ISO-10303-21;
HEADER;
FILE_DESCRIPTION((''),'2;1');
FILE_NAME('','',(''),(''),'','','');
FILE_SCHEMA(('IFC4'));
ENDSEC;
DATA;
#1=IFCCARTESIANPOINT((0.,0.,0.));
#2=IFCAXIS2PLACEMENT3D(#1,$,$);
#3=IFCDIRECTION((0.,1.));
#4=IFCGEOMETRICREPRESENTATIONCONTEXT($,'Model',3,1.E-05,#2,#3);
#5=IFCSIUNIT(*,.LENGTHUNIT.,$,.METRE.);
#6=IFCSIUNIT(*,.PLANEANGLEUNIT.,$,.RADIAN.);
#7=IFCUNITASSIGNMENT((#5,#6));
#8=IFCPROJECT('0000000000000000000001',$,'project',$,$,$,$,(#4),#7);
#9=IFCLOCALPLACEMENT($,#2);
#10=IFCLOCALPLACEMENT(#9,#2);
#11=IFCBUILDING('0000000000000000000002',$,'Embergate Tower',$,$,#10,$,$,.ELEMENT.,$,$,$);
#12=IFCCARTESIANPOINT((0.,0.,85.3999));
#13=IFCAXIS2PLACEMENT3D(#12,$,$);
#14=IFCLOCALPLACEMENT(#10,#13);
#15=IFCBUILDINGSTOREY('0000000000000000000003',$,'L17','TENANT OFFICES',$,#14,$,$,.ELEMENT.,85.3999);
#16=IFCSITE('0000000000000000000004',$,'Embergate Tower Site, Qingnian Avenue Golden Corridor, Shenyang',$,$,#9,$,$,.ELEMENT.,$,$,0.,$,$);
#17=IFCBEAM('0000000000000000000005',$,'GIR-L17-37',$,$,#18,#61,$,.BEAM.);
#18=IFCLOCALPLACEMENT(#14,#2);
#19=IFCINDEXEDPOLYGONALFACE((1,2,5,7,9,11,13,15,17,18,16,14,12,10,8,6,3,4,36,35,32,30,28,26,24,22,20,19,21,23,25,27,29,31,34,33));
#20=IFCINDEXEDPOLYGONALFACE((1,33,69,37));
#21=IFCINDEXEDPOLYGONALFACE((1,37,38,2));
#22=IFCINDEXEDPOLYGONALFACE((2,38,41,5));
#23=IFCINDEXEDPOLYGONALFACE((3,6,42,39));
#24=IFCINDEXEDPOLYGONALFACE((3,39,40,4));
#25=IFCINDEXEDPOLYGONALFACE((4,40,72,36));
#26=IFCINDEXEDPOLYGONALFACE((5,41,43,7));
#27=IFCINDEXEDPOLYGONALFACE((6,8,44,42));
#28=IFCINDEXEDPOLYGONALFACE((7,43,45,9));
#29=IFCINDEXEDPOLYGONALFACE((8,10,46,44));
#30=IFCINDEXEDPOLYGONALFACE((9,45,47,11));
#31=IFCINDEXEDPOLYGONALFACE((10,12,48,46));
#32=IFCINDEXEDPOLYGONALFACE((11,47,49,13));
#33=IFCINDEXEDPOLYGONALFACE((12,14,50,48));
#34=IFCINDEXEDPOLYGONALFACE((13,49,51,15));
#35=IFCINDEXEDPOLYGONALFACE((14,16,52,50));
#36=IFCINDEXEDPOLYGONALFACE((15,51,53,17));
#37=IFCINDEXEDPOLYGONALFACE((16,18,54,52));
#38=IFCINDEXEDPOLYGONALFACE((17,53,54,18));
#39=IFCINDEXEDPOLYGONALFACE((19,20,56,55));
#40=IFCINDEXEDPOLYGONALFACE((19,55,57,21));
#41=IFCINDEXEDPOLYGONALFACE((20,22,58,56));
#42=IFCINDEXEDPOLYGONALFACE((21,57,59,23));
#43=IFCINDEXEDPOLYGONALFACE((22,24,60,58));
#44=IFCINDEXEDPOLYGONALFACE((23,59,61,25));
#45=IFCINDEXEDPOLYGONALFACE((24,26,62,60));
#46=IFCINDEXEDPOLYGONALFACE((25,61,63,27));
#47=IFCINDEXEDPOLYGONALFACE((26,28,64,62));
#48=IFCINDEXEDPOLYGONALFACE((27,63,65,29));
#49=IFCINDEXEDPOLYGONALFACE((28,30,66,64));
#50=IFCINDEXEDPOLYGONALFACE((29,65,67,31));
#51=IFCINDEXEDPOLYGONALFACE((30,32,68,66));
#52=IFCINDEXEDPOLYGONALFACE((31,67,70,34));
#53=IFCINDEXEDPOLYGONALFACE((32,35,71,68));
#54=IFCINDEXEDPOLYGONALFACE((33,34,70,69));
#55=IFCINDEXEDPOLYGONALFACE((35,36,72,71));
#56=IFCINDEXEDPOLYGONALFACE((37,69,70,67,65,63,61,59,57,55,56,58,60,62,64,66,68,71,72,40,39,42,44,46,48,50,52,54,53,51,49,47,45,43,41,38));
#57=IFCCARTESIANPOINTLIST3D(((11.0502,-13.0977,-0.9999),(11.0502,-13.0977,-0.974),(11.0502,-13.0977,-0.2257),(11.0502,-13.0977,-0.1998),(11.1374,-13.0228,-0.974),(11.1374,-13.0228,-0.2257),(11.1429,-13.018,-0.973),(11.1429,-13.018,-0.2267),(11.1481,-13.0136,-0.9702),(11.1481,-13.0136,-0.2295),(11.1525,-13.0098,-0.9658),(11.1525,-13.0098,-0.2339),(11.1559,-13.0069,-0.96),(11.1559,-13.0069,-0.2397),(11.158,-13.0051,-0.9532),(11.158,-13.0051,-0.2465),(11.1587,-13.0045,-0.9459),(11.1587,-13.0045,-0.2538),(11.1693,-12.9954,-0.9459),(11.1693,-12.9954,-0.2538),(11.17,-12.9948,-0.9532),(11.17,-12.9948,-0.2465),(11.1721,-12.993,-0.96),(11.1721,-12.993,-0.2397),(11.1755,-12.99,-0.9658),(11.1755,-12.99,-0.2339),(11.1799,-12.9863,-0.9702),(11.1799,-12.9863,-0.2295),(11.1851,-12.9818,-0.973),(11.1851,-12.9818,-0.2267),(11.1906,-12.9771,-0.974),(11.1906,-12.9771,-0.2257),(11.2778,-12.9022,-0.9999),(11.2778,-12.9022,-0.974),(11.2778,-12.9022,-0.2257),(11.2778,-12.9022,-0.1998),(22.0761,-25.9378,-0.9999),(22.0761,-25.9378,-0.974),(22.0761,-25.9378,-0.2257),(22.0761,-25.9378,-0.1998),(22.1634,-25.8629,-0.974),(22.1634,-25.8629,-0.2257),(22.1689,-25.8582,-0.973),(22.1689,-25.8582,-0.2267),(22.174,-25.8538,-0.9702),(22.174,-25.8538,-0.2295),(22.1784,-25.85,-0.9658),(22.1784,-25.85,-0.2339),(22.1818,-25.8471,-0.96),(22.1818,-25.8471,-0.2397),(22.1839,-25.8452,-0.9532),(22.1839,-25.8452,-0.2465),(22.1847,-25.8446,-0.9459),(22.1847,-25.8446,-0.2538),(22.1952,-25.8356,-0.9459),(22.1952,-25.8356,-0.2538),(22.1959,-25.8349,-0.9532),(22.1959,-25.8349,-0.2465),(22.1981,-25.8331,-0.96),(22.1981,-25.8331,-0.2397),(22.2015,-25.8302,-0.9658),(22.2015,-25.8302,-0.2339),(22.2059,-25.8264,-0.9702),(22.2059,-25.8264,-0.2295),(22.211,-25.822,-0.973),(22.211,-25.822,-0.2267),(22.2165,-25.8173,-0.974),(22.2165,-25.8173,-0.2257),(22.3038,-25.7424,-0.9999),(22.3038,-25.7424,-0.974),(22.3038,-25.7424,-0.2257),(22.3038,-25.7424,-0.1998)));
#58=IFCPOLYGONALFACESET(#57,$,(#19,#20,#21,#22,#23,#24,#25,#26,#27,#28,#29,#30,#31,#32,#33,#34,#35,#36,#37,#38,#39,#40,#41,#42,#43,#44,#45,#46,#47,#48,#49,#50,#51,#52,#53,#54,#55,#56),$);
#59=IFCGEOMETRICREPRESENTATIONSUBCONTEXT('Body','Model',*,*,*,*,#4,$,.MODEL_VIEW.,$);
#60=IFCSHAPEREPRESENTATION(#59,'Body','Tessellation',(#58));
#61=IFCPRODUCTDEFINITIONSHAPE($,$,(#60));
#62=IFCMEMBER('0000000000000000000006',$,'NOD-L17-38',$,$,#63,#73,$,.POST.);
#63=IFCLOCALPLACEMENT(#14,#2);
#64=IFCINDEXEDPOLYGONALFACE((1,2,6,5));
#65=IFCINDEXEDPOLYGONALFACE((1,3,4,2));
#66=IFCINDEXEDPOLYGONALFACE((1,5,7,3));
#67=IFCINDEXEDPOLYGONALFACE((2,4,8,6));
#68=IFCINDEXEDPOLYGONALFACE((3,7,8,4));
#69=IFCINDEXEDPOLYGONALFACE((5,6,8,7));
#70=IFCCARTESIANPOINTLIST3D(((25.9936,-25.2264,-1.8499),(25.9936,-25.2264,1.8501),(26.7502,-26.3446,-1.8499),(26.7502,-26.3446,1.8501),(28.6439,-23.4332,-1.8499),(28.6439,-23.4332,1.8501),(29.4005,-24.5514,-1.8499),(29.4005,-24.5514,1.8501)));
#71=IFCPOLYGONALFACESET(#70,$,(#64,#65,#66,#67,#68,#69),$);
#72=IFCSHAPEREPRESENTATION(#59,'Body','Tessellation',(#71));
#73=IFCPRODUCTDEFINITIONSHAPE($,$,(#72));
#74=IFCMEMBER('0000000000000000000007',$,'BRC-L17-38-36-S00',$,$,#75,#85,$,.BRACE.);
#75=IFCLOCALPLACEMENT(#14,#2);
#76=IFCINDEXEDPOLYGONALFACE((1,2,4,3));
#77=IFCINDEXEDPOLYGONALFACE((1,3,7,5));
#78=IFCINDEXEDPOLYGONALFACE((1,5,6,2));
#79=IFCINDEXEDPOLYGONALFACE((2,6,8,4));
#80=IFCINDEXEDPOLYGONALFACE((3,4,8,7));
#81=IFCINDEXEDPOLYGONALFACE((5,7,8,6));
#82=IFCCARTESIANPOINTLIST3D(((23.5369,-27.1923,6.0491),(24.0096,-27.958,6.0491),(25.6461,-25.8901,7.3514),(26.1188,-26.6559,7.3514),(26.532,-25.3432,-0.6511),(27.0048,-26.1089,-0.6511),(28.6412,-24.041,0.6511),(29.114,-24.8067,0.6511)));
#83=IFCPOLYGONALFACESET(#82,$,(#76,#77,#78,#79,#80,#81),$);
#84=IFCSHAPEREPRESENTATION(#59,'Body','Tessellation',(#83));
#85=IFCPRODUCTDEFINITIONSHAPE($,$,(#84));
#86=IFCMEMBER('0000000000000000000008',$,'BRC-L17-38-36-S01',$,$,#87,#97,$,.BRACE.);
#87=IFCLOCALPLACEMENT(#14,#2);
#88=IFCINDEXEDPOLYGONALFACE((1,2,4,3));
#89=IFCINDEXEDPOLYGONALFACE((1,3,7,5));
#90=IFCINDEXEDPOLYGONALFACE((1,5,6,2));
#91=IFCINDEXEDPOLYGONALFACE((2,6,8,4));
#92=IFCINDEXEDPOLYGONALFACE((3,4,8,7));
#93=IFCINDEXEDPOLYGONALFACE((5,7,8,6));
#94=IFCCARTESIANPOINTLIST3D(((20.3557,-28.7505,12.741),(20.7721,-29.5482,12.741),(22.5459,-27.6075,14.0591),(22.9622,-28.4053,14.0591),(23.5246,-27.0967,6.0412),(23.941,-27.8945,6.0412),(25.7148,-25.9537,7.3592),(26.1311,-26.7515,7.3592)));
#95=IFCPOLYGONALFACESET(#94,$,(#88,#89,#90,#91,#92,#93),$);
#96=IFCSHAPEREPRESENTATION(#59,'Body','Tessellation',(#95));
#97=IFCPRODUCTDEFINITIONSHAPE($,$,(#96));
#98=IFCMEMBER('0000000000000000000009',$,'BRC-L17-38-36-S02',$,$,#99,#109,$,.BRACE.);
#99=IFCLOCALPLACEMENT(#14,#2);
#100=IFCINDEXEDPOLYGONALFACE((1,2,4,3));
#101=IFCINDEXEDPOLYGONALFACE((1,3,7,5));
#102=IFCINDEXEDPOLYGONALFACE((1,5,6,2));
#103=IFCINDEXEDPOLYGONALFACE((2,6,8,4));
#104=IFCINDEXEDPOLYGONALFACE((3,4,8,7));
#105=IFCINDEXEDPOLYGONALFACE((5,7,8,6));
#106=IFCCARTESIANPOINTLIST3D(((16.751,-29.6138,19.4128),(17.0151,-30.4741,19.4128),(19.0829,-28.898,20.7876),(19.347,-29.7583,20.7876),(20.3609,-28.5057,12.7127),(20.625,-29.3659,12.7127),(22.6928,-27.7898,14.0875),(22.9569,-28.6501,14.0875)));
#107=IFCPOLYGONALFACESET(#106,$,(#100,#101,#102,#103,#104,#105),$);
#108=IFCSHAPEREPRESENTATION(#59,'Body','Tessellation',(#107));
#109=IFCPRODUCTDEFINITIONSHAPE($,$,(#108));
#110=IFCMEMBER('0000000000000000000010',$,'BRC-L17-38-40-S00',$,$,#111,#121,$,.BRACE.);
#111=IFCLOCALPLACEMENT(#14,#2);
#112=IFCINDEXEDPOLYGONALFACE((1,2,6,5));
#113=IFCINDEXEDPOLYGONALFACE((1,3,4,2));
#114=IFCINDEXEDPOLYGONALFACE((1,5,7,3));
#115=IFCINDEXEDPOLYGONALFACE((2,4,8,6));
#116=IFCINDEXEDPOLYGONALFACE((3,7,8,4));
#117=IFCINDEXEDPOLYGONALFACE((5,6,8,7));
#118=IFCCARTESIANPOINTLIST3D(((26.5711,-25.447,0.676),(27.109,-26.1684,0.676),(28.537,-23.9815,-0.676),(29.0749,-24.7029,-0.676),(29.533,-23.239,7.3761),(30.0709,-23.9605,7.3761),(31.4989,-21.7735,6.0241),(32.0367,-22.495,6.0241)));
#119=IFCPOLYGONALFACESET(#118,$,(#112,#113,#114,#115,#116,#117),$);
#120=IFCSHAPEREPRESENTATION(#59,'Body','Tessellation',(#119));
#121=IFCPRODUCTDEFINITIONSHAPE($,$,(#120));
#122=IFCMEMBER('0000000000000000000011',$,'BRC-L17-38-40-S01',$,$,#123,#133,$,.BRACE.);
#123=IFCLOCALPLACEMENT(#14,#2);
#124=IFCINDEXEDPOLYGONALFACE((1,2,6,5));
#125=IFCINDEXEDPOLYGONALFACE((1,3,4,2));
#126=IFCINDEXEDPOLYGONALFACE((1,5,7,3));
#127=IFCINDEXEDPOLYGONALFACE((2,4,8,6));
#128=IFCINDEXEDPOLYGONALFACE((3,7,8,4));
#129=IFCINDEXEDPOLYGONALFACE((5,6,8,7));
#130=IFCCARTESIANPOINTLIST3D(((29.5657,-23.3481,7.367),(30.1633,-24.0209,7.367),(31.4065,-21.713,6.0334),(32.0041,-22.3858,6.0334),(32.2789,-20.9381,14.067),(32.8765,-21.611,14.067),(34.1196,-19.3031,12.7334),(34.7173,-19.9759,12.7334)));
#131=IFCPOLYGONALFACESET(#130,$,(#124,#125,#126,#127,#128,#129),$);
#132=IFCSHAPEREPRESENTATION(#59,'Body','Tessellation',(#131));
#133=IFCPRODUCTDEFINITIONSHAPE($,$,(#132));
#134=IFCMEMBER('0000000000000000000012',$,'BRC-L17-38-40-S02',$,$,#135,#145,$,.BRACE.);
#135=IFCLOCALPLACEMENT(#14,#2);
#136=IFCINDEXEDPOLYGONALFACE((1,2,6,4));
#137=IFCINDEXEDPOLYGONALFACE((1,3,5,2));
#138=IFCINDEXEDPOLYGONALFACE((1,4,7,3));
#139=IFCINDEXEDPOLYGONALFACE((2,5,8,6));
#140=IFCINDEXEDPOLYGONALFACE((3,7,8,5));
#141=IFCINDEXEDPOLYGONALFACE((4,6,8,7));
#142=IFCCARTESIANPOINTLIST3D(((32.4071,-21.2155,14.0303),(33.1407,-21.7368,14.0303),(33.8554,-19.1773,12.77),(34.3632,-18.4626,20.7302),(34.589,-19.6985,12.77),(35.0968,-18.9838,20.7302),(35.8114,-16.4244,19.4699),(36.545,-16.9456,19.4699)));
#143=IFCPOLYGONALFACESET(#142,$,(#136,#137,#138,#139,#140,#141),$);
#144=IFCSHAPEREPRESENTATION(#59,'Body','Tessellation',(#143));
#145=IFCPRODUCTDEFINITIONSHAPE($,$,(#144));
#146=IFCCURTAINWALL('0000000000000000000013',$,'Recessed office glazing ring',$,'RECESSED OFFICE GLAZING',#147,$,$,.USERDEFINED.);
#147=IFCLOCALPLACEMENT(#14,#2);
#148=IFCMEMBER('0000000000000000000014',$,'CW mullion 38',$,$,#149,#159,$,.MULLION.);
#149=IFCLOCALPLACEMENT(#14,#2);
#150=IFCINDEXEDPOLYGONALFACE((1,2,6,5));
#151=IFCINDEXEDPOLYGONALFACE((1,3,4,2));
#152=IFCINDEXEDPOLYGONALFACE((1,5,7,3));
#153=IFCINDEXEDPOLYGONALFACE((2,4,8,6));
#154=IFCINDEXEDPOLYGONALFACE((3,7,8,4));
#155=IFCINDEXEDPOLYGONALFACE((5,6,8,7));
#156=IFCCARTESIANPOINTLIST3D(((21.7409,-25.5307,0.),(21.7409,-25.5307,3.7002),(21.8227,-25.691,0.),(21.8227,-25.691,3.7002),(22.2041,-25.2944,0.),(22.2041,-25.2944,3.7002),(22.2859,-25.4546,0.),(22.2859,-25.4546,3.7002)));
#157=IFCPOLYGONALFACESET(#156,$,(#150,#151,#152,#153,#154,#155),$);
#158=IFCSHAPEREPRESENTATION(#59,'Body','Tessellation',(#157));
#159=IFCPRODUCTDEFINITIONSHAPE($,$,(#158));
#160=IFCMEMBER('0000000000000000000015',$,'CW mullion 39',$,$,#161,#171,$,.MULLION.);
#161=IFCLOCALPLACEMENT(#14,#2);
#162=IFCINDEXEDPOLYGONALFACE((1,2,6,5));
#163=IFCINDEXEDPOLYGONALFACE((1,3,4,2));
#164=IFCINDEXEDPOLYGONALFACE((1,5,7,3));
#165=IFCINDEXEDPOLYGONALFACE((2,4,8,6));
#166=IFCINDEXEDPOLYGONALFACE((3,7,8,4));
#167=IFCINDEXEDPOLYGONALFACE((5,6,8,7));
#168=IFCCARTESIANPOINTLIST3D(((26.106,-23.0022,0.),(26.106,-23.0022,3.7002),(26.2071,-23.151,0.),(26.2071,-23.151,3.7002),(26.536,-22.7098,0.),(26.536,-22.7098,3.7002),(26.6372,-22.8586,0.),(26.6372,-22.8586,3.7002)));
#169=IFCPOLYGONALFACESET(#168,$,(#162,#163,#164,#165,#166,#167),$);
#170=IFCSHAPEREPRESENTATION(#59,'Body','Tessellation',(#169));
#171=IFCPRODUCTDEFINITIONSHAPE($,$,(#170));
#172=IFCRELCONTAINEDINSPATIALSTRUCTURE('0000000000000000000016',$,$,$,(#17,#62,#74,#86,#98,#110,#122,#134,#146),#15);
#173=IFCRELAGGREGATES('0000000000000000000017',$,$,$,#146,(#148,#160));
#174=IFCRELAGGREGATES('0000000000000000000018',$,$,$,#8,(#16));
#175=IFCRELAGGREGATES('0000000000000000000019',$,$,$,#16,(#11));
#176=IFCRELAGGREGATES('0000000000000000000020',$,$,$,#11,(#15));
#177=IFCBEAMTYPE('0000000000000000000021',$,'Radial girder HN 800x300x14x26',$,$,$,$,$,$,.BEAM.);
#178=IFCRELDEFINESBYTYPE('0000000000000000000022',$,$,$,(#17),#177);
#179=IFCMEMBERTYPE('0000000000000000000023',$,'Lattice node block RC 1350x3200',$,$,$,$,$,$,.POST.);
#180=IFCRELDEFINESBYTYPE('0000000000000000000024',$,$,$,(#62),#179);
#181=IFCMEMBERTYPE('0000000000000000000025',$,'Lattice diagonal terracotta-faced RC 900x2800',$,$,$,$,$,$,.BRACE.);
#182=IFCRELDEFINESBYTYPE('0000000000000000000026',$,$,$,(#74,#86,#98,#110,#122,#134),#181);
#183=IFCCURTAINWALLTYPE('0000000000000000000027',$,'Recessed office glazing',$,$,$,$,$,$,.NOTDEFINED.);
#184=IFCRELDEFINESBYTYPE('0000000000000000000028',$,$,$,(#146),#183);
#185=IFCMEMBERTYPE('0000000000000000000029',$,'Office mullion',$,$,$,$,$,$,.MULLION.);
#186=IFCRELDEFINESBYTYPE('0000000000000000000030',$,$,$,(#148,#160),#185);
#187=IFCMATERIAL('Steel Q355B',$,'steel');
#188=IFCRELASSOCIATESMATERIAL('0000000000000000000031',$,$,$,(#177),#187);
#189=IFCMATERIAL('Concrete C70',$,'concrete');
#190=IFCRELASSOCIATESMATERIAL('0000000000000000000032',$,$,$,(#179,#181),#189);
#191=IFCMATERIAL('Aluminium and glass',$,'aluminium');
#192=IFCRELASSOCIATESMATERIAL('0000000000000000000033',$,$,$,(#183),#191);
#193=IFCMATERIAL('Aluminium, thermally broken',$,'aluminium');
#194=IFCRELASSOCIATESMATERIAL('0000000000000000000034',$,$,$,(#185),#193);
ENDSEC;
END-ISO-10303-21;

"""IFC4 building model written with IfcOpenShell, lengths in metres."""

from ifc_helpers import new_model, si_unit, direction, frame, origin, origin_2d, place, context, subcontext, project, spatial, rectangle, i_section, extrude, source, transform, mapped, material, material_profile, profile_set, type_object, element, aggregate, save


model = new_model("IFC4")

# Units and contexts
model_context = context("Model", 3, precision=1e-05, world=origin(), true_north=direction((0.0, 1.0)))
body_context = subcontext(model_context, "Body", "Model", "MODEL_VIEW")
ifc_project = project(units=[si_unit("LENGTHUNIT", "METRE"), si_unit("PLANEANGLEUNIT", "RADIAN")], contexts=[model_context])

# Site, building, storey
site_placement = place(None, origin())
site = spatial("IfcSite", under=ifc_project, at=site_placement, Name="Embergate Tower Site, Qingnian Avenue Golden Corridor, Shenyang", CompositionType="ELEMENT", RefElevation=0.0)
building_placement = place(site_placement, origin())
building = spatial("IfcBuilding", under=site, at=building_placement, Name="Embergate Tower", CompositionType="ELEMENT")
storey_placement = place(building_placement, frame((0.0, 0.0, 85.3999)))
storey = spatial("IfcBuildingStorey", under=building, at=storey_placement, Name="L17", Description="TENANT OFFICES", CompositionType="ELEMENT", Elevation=85.3999)

# Shared definitions
ifc_material_1 = material(Name="Concrete C70", Category="concrete")

# Beam
ifc_material_2 = material(Name="Steel Q355B", Category="steel")
ifc_material_profile_1 = material_profile(ifc_material_2, i_section(OverallWidth=0.3, OverallDepth=0.8, WebThickness=0.0139, FlangeThickness=0.0259, FilletRadius=0.0281, at=origin_2d()), Name="HN 800x300x14x26")
ifc_profile_set_1 = profile_set([ifc_material_profile_1], Name="Steel Q355 grade B")
beam_type_1 = type_object("IfcBeamType", Name="Radial girder HN 800x300x14x26", PredefinedType="BEAM", material=ifc_profile_set_1)
shared_shape_1 = source(origin(), body_context, "Body", "SweptSolid", [
    extrude(i_section(OverallWidth=0.3, OverallDepth=0.8, WebThickness=0.0139, FlangeThickness=0.0259, FilletRadius=0.0281, at=origin_2d()), origin(), (0.0, 0.0, 1.0), 16.9246),
])
beam_1_placement = place(storey_placement, frame((22.1899, -25.8401, -0.5999), z_axis=(-0.651475, 0.75867, 0.0), x_axis=(-0.75867, -0.651475, 0.0)))
element("IfcBeam", 1, at=beam_1_placement, inside=storey, type_object=beam_type_1, Name="GIR-L17-37", PredefinedType="BEAM", context=body_context, shape_type="MappedRepresentation", body=[
    mapped(shared_shape_1, transform((0.0, 0.0, 0.0))),
])

# Members
ifc_material_profile_2 = material_profile(ifc_material_1, rectangle(XDim=1.3501, YDim=3.2, at=origin_2d()), Name="RC 1350x3200")
ifc_profile_set_2 = profile_set([ifc_material_profile_2], Name="Concrete C70")
member_type_1 = type_object("IfcMemberType", Name="Lattice node block RC 1350x3200", PredefinedType="POST", material=ifc_profile_set_2)
shared_shape_2 = source(origin(), body_context, "Body", "SweptSolid", [
    extrude(rectangle(XDim=1.3501, YDim=3.2, at=origin_2d()), origin(), (0.0, 0.0, 1.0), 3.7),
])
member_1_placement = place(storey_placement, frame((27.697, -24.8889, -1.8499), z_axis=(0.0, 0.0, 1.0), x_axis=(0.560393, -0.828227, 0.0)))
element("IfcMember", 2, at=member_1_placement, inside=storey, type_object=member_type_1, Name="NOD-L17-38", PredefinedType="POST", context=body_context, shape_type="MappedRepresentation", body=[
    mapped(shared_shape_2, transform((0.0, 0.0, 0.0))),
])
ifc_material_profile_3 = material_profile(ifc_material_1, rectangle(XDim=0.8999, YDim=2.8, at=origin_2d()), Name="RC 900x2800")
ifc_profile_set_3 = profile_set([ifc_material_profile_3], Name="Concrete C70")
member_type_2 = type_object("IfcMemberType", Name="Lattice diagonal terracotta-faced RC 900x2800", PredefinedType="BRACE", material=ifc_profile_set_3)
shared_shape_3 = source(origin(), body_context, "Body", "SweptSolid", [
    extrude(rectangle(XDim=0.8999, YDim=2.8, at=origin_2d()), origin(), (0.0, 0.0, 1.0), 7.5686),
])
member_2_placement = place(storey_placement, frame((27.823, -25.075, 0.0), z_axis=(-0.395733, -0.244317, 0.885271), x_axis=(0.525327, -0.8509, 0.0)))
element("IfcMember", 3, at=member_2_placement, inside=storey, type_object=member_type_2, Name="BRC-L17-38-36-S00", PredefinedType="BRACE", context=body_context, shape_type="MappedRepresentation", body=[
    mapped(shared_shape_3, transform((0.0, 0.0, 0.0))),
])
shared_shape_4 = source(origin(), body_context, "Body", "SweptSolid", [
    extrude(rectangle(XDim=0.8999, YDim=2.8, at=origin_2d()), origin(), (0.0, 0.0, 1.0), 7.5938),
])
member_3_placement = place(storey_placement, frame((24.8279, -26.9241, 6.7002), z_axis=(-0.417304, -0.217782, 0.882286), x_axis=(0.462664, -0.886534, 0.0)))
element("IfcMember", 4, at=member_3_placement, inside=storey, type_object=member_type_2, Name="BRC-L17-38-36-S01", PredefinedType="BRACE", context=body_context, shape_type="MappedRepresentation", body=[
    mapped(shared_shape_4, transform((0.0, 0.0, 0.0))),
])
shared_shape_5 = source(origin(), body_context, "Body", "SweptSolid", [
    extrude(rectangle(XDim=0.8999, YDim=2.8, at=origin_2d()), origin(), (0.0, 0.0, 1.0), 7.6909),
])
member_4_placement = place(storey_placement, frame((21.6589, -28.5779, 13.4001), z_axis=(-0.469374, -0.144088, 0.871164), x_axis=(0.293463, -0.95597, 0.0)))
element("IfcMember", 5, at=member_4_placement, inside=storey, type_object=member_type_2, Name="BRC-L17-38-36-S02", PredefinedType="BRACE", context=body_context, shape_type="MappedRepresentation", body=[
    mapped(shared_shape_5, transform((0.0, 0.0, 0.0))),
])
shared_shape_6 = source(origin(), body_context, "Body", "SweptSolid", [
    extrude(rectangle(XDim=0.8999, YDim=2.8, at=origin_2d()), origin(), (0.0, 0.0, 1.0), 7.6511),
])
member_5_placement = place(storey_placement, frame((27.823, -25.075, 0.0), z_axis=(0.387118, 0.288583, 0.875705), x_axis=(-0.597671, 0.801741, 0.0)))
element("IfcMember", 6, at=member_5_placement, inside=storey, type_object=member_type_2, Name="BRC-L17-38-40-S00", PredefinedType="BRACE", context=body_context, shape_type="MappedRepresentation", body=[
    mapped(shared_shape_6, transform((0.0, 0.0, 0.0))),
])
shared_shape_7 = source(origin(), body_context, "Body", "SweptSolid", [
    extrude(rectangle(XDim=0.8999, YDim=2.8, at=origin_2d()), origin(), (0.0, 0.0, 1.0), 7.6196),
])
member_6_placement = place(storey_placement, frame((30.7849, -22.8669, 6.7002), z_axis=(0.356074, 0.316279, 0.879306), x_axis=(-0.664092, 0.747651, 0.0)))
element("IfcMember", 7, at=member_6_placement, inside=storey, type_object=member_type_2, Name="BRC-L17-38-40-S01", PredefinedType="BRACE", context=body_context, shape_type="MappedRepresentation", body=[
    mapped(shared_shape_7, transform((0.0, 0.0, 0.0))),
])
shared_shape_8 = source(origin(), body_context, "Body", "SweptSolid", [
    extrude(rectangle(XDim=0.8999, YDim=2.8, at=origin_2d()), origin(), (0.0, 0.0, 1.0), 7.5029),
])
member_7_placement = place(storey_placement, frame((33.498, -20.457, 13.4001), z_axis=(0.260705, 0.366913, 0.892977), x_axis=(-0.815177, 0.579212, 0.0)))
element("IfcMember", 8, at=member_7_placement, inside=storey, type_object=member_type_2, Name="BRC-L17-38-40-S02", PredefinedType="BRACE", context=body_context, shape_type="MappedRepresentation", body=[
    mapped(shared_shape_8, transform((0.0, 0.0, 0.0))),
])

# Curtain wall, members
ifc_material_3 = material(Name="Aluminium and glass", Category="aluminium")
curtain_wall_type = type_object("IfcCurtainWallType", Name="Recessed office glazing", PredefinedType="NOTDEFINED", material=ifc_material_3)
curtain_wall_placement = place(storey_placement, origin())
curtain_wall = element("IfcCurtainWall", 9, at=curtain_wall_placement, inside=storey, type_object=curtain_wall_type, Name="Recessed office glazing ring", ObjectType="RECESSED OFFICE GLAZING", PredefinedType="USERDEFINED")
ifc_material_4 = material(Name="Aluminium, thermally broken", Category="aluminium")
ifc_material_profile_4 = material_profile(ifc_material_4, rectangle(XDim=0.1799, YDim=0.52, at=origin_2d()), Name="AL 520x180")
ifc_profile_set_4 = profile_set([ifc_material_profile_4], Name="Aluminium, thermally broken")
member_type_3 = type_object("IfcMemberType", Name="Office mullion", PredefinedType="MULLION", material=ifc_profile_set_4)
shared_shape_9 = source(origin(), body_context, "Body", "SweptSolid", [
    extrude(rectangle(XDim=0.1799, YDim=0.52, at=origin_2d()), origin(), (0.0, 0.0, 1.0), 3.7002),
])
member_8_placement = place(storey_placement, frame((22.0134, -25.4927, 0.0), z_axis=(0.0, 0.0, 1.0), x_axis=(-0.454511, 0.890741, 0.0)))
member_8 = element("IfcMember", 10, at=member_8_placement, type_object=member_type_3, Name="CW mullion 38", PredefinedType="MULLION", context=body_context, shape_type="MappedRepresentation", body=[
    mapped(shared_shape_9, transform((0.0, 0.0, 0.0))),
])
member_9_placement = place(storey_placement, frame((26.3716, -22.9304, 0.0), z_axis=(0.0, 0.0, 1.0), x_axis=(-0.562218, 0.826989, 0.0)))
member_9 = element("IfcMember", 11, at=member_9_placement, type_object=member_type_3, Name="CW mullion 39", PredefinedType="MULLION", context=body_context, shape_type="MappedRepresentation", body=[
    mapped(shared_shape_9, transform((0.0, 0.0, 0.0))),
])
aggregate(curtain_wall, [member_8, member_9])

save(model, "model.ifc")
